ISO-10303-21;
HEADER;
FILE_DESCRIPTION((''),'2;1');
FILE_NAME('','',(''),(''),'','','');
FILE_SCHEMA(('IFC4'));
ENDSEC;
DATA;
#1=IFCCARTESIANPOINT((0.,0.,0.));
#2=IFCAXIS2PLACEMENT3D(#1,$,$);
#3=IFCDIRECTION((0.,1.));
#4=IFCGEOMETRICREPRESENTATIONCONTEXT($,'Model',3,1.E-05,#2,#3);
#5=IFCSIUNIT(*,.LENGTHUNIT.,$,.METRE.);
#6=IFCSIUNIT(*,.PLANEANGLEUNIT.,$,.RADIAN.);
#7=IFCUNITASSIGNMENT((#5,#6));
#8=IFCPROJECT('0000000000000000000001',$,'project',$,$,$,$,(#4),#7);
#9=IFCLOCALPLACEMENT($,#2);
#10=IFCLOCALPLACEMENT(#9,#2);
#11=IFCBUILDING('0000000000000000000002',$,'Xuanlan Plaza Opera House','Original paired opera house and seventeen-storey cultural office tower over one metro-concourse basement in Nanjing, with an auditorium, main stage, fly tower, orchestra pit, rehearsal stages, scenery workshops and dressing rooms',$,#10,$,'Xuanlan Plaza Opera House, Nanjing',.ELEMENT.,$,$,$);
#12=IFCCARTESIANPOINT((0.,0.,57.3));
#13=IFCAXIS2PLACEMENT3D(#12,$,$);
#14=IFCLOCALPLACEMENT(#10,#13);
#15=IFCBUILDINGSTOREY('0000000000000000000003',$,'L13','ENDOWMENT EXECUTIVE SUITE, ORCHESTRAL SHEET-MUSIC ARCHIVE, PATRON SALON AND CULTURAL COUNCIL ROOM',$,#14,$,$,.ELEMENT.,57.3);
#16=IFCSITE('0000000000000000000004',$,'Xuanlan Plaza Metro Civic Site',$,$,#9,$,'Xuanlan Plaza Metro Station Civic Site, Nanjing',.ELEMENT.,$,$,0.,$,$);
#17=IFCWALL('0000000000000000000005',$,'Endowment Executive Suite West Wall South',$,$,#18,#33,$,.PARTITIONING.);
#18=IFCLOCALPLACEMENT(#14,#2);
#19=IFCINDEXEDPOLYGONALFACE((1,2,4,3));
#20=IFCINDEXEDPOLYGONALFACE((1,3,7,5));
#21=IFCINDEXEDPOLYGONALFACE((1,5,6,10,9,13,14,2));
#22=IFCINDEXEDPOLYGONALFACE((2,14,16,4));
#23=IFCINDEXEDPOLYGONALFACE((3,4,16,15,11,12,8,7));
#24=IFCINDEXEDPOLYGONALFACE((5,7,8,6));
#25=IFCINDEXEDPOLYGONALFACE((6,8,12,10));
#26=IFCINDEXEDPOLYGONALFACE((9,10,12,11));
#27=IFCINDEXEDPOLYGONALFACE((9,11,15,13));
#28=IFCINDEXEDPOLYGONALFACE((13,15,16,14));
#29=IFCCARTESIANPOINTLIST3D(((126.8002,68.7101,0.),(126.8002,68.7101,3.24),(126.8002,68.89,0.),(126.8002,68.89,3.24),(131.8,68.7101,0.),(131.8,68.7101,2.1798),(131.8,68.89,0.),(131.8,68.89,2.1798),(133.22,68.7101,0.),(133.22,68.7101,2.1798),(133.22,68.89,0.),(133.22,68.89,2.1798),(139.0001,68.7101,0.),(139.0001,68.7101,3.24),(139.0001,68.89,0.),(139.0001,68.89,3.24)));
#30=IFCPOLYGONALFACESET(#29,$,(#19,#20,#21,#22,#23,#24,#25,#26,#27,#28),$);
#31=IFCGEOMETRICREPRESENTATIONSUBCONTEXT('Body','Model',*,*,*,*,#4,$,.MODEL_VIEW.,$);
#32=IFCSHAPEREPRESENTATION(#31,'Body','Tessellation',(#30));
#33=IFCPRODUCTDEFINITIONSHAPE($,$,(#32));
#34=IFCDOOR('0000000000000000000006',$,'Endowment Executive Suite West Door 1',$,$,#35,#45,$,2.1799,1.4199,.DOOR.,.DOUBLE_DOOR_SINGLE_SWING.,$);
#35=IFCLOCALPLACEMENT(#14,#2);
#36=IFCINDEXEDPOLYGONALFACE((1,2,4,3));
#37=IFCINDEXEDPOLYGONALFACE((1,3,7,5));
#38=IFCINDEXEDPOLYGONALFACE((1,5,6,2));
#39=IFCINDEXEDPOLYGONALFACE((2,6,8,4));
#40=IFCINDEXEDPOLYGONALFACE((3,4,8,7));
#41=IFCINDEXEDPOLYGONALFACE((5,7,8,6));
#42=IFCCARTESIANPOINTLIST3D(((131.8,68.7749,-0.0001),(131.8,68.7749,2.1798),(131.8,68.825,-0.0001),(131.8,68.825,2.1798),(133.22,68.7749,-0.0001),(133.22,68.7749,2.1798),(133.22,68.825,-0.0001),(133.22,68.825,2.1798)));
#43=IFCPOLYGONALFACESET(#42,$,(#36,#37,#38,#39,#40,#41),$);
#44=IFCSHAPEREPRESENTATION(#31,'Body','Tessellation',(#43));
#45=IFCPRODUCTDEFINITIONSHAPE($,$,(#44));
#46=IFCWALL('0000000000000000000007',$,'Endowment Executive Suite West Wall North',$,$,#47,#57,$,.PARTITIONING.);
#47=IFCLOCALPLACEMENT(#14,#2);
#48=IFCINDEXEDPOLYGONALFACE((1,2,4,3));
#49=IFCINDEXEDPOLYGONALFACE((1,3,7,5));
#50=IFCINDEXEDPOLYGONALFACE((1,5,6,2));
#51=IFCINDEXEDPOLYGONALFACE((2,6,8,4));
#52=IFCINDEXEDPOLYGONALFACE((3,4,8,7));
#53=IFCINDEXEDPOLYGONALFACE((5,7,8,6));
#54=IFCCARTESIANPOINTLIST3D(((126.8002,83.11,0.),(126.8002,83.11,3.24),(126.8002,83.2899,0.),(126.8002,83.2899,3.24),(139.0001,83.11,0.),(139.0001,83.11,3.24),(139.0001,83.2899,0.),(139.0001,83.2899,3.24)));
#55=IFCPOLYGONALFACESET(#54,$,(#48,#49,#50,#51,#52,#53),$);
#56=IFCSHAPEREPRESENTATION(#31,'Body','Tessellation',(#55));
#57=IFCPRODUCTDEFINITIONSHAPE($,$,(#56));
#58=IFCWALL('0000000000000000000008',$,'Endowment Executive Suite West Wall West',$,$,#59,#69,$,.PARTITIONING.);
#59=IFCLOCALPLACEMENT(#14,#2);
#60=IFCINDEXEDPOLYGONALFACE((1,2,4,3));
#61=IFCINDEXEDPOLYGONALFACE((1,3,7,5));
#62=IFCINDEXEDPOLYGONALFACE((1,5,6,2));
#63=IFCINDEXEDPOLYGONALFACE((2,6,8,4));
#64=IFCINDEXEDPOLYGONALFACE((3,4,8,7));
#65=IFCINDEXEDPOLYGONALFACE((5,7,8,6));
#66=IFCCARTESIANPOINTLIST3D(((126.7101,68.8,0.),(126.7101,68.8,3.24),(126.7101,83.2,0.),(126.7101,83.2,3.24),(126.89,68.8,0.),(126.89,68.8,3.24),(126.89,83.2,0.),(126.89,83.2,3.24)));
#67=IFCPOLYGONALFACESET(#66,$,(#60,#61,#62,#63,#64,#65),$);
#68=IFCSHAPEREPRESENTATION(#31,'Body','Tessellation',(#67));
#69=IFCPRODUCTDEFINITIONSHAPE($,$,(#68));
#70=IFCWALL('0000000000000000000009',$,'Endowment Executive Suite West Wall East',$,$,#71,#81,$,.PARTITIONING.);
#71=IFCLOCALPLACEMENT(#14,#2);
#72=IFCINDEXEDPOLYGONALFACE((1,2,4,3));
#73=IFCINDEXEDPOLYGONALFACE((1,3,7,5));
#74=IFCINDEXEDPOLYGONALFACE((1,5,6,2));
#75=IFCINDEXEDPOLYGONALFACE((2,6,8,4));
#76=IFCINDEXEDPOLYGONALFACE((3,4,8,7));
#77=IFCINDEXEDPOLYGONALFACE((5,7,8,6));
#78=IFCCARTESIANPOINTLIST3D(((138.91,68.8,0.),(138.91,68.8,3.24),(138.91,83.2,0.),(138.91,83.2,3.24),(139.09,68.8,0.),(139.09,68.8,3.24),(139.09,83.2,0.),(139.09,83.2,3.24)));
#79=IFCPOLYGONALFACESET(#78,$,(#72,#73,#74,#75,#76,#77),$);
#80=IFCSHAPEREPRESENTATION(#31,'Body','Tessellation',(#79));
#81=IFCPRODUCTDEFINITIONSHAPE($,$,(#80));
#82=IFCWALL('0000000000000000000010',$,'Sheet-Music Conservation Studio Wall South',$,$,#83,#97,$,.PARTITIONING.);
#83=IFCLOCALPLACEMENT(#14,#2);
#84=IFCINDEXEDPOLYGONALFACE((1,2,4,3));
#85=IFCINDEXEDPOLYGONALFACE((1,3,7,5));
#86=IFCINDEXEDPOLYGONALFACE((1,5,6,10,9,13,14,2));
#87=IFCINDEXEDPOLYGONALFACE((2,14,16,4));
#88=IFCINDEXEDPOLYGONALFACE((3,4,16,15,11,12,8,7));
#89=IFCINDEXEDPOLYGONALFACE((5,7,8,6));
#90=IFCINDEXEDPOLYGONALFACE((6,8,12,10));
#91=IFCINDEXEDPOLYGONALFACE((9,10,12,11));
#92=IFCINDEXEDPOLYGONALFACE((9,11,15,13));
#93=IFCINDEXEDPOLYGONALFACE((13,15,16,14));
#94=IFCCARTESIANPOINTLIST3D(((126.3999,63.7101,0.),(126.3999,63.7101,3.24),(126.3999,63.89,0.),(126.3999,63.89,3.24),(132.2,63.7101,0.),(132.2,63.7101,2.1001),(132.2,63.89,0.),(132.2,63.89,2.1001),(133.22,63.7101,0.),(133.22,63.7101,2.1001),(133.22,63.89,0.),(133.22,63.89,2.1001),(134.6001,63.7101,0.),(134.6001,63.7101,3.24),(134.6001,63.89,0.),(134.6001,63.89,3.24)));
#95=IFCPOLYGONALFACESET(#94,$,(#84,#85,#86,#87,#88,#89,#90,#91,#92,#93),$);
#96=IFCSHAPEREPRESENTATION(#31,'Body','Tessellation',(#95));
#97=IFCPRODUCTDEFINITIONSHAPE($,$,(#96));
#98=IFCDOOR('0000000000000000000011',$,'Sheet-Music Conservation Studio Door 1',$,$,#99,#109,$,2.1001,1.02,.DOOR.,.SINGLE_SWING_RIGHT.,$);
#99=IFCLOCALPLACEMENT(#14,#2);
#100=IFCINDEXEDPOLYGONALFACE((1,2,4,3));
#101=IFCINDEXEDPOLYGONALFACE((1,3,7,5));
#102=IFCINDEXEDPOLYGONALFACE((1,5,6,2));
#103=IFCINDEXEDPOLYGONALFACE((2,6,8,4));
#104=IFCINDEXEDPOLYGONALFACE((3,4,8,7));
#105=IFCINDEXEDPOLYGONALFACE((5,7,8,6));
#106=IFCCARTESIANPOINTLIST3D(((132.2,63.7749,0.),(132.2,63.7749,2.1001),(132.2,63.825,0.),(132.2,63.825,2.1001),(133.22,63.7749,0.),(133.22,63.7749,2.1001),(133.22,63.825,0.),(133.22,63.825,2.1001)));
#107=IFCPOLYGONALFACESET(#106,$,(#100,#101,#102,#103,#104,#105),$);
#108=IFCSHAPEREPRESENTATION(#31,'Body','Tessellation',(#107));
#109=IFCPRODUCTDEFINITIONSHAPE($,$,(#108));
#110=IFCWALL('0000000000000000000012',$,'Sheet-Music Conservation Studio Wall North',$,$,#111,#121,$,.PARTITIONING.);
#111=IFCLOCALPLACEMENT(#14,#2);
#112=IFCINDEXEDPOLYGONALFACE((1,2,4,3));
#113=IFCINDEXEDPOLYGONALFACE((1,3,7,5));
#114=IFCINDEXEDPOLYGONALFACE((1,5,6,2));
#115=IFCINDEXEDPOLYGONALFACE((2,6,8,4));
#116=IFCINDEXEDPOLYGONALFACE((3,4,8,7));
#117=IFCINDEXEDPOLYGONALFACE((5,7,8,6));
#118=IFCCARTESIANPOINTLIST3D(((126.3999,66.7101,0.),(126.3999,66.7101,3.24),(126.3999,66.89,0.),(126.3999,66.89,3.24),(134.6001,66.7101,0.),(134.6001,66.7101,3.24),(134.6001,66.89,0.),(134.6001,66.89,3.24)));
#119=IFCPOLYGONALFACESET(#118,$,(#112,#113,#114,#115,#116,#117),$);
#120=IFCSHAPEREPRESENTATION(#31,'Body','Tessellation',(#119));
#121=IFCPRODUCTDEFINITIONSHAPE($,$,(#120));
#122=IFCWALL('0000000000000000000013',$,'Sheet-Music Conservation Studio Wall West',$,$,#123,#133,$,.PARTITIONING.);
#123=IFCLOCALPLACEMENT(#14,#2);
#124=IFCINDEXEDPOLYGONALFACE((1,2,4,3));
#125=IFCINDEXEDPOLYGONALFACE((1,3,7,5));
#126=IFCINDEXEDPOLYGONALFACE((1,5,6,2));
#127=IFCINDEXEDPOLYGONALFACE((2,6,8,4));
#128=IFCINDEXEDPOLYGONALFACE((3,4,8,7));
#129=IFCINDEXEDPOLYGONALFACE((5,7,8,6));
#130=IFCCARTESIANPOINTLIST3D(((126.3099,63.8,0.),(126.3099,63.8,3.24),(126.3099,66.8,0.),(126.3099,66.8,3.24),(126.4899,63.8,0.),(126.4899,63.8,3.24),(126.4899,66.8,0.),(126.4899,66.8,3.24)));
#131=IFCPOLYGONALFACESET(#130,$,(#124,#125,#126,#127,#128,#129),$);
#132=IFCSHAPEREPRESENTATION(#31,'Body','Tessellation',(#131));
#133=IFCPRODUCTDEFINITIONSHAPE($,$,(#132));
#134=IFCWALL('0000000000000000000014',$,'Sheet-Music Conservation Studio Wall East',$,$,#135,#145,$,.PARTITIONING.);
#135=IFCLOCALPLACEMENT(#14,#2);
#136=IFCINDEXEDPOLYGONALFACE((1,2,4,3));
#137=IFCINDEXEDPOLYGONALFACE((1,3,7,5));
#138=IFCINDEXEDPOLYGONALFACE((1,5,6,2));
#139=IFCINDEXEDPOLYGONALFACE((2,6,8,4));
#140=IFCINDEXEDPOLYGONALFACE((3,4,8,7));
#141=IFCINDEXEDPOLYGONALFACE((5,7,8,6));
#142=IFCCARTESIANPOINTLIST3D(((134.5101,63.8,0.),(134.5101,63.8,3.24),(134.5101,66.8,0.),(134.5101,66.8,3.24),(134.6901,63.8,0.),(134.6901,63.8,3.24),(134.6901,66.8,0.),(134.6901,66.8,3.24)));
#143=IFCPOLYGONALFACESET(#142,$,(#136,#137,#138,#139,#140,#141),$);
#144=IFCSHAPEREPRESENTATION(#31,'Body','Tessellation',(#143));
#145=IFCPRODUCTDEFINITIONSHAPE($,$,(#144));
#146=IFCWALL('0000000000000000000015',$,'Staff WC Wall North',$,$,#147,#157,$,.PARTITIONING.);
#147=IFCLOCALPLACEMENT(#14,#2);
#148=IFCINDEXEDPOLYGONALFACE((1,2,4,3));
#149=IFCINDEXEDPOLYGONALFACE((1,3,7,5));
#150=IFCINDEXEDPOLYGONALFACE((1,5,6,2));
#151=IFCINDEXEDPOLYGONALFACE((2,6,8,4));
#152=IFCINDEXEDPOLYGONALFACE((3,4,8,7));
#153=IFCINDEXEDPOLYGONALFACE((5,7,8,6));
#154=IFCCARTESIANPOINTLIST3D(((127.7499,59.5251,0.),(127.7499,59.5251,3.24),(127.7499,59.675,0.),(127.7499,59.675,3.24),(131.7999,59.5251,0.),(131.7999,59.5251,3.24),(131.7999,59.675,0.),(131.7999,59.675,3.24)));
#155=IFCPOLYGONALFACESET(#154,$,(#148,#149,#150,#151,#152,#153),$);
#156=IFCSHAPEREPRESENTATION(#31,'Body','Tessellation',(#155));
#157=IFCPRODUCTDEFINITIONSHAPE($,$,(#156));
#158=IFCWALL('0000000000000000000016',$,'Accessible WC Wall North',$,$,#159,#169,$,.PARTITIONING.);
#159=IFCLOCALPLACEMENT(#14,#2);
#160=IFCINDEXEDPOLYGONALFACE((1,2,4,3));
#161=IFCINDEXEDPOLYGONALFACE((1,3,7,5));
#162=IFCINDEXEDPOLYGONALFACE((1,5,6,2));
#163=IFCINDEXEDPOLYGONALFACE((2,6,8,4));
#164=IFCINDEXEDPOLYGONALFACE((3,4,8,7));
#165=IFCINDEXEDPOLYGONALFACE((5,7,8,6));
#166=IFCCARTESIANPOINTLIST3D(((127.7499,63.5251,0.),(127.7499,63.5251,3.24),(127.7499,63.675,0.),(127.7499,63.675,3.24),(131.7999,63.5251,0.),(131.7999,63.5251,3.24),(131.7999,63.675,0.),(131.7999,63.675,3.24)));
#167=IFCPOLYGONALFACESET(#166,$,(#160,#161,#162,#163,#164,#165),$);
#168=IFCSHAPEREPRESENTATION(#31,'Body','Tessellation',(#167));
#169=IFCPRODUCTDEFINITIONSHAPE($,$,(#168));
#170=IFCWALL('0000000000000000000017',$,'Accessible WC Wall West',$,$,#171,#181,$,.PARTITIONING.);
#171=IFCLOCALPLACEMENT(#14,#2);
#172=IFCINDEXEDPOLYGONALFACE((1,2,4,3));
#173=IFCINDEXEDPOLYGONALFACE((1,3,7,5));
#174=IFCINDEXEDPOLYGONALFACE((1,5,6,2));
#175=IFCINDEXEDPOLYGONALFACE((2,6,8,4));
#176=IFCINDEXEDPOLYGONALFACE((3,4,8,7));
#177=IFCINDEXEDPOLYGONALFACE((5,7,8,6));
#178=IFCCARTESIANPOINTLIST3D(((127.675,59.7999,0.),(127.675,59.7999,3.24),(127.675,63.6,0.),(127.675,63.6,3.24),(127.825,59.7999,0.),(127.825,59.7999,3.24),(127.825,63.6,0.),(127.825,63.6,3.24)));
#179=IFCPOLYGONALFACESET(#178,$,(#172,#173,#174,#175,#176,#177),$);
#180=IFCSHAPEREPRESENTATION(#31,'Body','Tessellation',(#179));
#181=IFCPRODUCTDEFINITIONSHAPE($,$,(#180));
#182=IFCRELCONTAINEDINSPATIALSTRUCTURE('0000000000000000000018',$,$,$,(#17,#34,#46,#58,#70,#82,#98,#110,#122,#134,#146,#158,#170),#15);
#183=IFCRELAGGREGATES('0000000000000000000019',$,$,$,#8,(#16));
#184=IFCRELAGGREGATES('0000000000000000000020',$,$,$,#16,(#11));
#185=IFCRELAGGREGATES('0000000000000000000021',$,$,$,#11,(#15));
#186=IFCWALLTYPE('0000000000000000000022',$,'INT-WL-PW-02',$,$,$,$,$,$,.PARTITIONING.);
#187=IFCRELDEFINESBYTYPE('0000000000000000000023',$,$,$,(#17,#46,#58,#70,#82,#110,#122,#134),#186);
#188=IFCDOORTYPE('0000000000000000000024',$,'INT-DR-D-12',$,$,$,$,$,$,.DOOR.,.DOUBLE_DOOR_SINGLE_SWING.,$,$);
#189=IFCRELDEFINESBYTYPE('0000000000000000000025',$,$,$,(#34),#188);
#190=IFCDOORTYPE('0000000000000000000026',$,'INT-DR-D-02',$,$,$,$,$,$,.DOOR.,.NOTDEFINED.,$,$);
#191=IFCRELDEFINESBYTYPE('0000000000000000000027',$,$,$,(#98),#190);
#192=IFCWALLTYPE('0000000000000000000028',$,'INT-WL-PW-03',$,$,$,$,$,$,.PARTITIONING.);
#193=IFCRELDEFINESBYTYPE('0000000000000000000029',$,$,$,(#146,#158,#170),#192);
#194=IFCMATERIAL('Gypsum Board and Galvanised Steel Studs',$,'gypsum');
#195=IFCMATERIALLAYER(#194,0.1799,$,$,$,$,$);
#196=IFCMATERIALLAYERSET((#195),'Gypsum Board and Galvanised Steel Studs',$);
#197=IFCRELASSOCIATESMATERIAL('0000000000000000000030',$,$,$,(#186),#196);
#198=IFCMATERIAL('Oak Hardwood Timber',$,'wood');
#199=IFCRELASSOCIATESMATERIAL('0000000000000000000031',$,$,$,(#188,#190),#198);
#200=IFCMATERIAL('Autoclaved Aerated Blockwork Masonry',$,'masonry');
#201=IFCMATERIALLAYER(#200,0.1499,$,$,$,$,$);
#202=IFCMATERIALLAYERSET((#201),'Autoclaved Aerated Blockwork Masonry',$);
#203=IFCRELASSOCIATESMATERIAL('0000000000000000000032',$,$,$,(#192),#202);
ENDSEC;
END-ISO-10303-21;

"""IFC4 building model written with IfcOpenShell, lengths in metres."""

from ifc_helpers import new_model, si_unit, direction, frame, frame_2d, origin, place, context, subcontext, project, spatial, rectangle, extrude, material, layer, layer_set, type_object, element, fill, save


model = new_model("IFC4")

# Units and contexts
model_context = context("Model", 3, precision=1e-05, world=origin(), true_north=direction((0.0, 1.0)))
body_context = subcontext(model_context, "Body", "Model", "MODEL_VIEW")
ifc_project = project(units=[si_unit("LENGTHUNIT", "METRE"), si_unit("PLANEANGLEUNIT", "RADIAN")], contexts=[model_context])

# Site, building, storey
site_placement = place(None, origin())
site = spatial("IfcSite", under=ifc_project, at=site_placement, Name="Xuanlan Plaza Metro Civic Site", LongName="Xuanlan Plaza Metro Station Civic Site, Nanjing", CompositionType="ELEMENT", RefElevation=0.0)
building_placement = place(site_placement, origin())
building = spatial("IfcBuilding", under=site, at=building_placement, Name="Xuanlan Plaza Opera House", Description="Original paired opera house and seventeen-storey cultural office tower over one metro-concourse basement in Nanjing, with an auditorium, main stage, fly tower, orchestra pit, rehearsal stages, scenery workshops and dressing rooms", LongName="Xuanlan Plaza Opera House, Nanjing", CompositionType="ELEMENT")
storey_placement = place(building_placement, frame((0.0, 0.0, 57.3)))
storey = spatial("IfcBuildingStorey", under=building, at=storey_placement, Name="L13", Description="ENDOWMENT EXECUTIVE SUITE, ORCHESTRAL SHEET-MUSIC ARCHIVE, PATRON SALON AND CULTURAL COUNCIL ROOM", CompositionType="ELEMENT", Elevation=57.3)

# Wall, opening, door
ifc_material_1 = material(Name="Gypsum Board and Galvanised Steel Studs", Category="gypsum")
ifc_layer_1 = layer(ifc_material_1, 0.1799)
ifc_layer_set_1 = layer_set([ifc_layer_1], Name="Gypsum Board and Galvanised Steel Studs")
wall_type_1 = type_object("IfcWallType", Name="INT-WL-PW-02", PredefinedType="PARTITIONING", material=ifc_layer_set_1)
wall_1_placement = place(storey_placement, frame((126.8, 68.8, 0.0), z_axis=(0.0, 0.0, 1.0), x_axis=(1.0, 0.0, 0.0)))
wall_1 = element("IfcWall", 1, at=wall_1_placement, inside=storey, type_object=wall_type_1, Name="Endowment Executive Suite West Wall South", PredefinedType="PARTITIONING", context=body_context, shape_type="SweptSolid", body=[
    extrude(rectangle(XDim=12.2, YDim=0.1799, at=frame_2d((6.1001, 0.0))), origin(), (0.0, 0.0, 1.0), 3.24),
])
opening_1_placement = place(wall_1_placement, frame((5.0, 0.0, 0.0)))
opening_1 = element("IfcOpeningElement", 2, at=opening_1_placement, cuts=wall_1, PredefinedType="OPENING", context=body_context, shape_type="SweptSolid", body=[
    extrude(rectangle(XDim=1.4199, YDim=2.1799, at=frame_2d((0.71, 1.0898))), frame((0.0, 0.0999, 0.0), z_axis=(0.0, -1.0, 0.0), x_axis=(1.0, 0.0, 0.0)), (0.0, 0.0, 1.0), 0.2),
])
ifc_material_2 = material(Name="Oak Hardwood Timber", Category="wood")
door_type_1 = type_object("IfcDoorType", Name="INT-DR-D-12", OperationType="DOUBLE_DOOR_SINGLE_SWING", PredefinedType="DOOR", material=ifc_material_2)
door_1_placement = place(opening_1_placement, origin())
door_1 = element("IfcDoor", 3, at=door_1_placement, inside=storey, type_object=door_type_1, Name="Endowment Executive Suite West Door 1", OperationType="DOUBLE_DOOR_SINGLE_SWING", OverallHeight=2.1799, OverallWidth=1.4199, PredefinedType="DOOR", context=body_context, shape_type="SweptSolid", body=[
    extrude(rectangle(XDim=1.4199, YDim=2.1799, at=frame_2d((0.71, 1.0898))), frame((0.0, 0.0249, 0.0), z_axis=(0.0, -1.0, 0.0), x_axis=(1.0, 0.0, 0.0)), (0.0, 0.0, 1.0), 0.05),
])
fill(opening_1, door_1)

# Walls
wall_2_placement = place(storey_placement, frame((126.8, 83.2, 0.0), z_axis=(0.0, 0.0, 1.0), x_axis=(1.0, 0.0, 0.0)))
element("IfcWall", 4, at=wall_2_placement, inside=storey, type_object=wall_type_1, Name="Endowment Executive Suite West Wall North", PredefinedType="PARTITIONING", context=body_context, shape_type="SweptSolid", body=[
    extrude(rectangle(XDim=12.2, YDim=0.1799, at=frame_2d((6.1001, 0.0))), origin(), (0.0, 0.0, 1.0), 3.24),
])
for number, where, z_axis, x_axis, name in (
    (5, (126.8, 68.8, 0.0), (0.0, 0.0, 1.0), (0.0, 1.0, 0.0), "Endowment Executive Suite West Wall West"),
    (6, (139.0, 68.8, 0.0), (0.0, 0.0, 1.0), (0.0, 1.0, 0.0), "Endowment Executive Suite West Wall East"),
):
    element("IfcWall", number, at=place(storey_placement, frame(where, z_axis=z_axis, x_axis=x_axis)), inside=storey, type_object=wall_type_1, Name=name, PredefinedType="PARTITIONING", context=body_context, shape_type="SweptSolid", body=[
        extrude(rectangle(XDim=14.3999, YDim=0.1799, at=frame_2d((7.2, 0.0))), origin(), (0.0, 0.0, 1.0), 3.24),
    ])

# Wall, opening, door
wall_3_placement = place(storey_placement, frame((126.3999, 63.8, 0.0), z_axis=(0.0, 0.0, 1.0), x_axis=(1.0, 0.0, 0.0)))
wall_3 = element("IfcWall", 7, at=wall_3_placement, inside=storey, type_object=wall_type_1, Name="Sheet-Music Conservation Studio Wall South", PredefinedType="PARTITIONING", context=body_context, shape_type="SweptSolid", body=[
    extrude(rectangle(XDim=8.2002, YDim=0.1799, at=frame_2d((4.1001, 0.0))), origin(), (0.0, 0.0, 1.0), 3.24),
])
opening_2_placement = place(wall_3_placement, frame((5.8, 0.0, 0.0)))
opening_2 = element("IfcOpeningElement", 8, at=opening_2_placement, cuts=wall_3, PredefinedType="OPENING", context=body_context, shape_type="SweptSolid", body=[
    extrude(rectangle(XDim=1.02, YDim=2.1001, at=frame_2d((0.51, 1.05))), frame((0.0, 0.0999, 0.0), z_axis=(0.0, -1.0, 0.0), x_axis=(1.0, 0.0, 0.0)), (0.0, 0.0, 1.0), 0.2),
])
door_type_2 = type_object("IfcDoorType", Name="INT-DR-D-02", OperationType="NOTDEFINED", PredefinedType="DOOR", material=ifc_material_2)
door_2_placement = place(opening_2_placement, origin())
door_2 = element("IfcDoor", 9, at=door_2_placement, inside=storey, type_object=door_type_2, Name="Sheet-Music Conservation Studio Door 1", OperationType="SINGLE_SWING_RIGHT", OverallHeight=2.1001, OverallWidth=1.02, PredefinedType="DOOR", context=body_context, shape_type="SweptSolid", body=[
    extrude(rectangle(XDim=1.02, YDim=2.1001, at=frame_2d((0.51, 1.05))), frame((0.0, 0.0249, 0.0), z_axis=(0.0, -1.0, 0.0), x_axis=(1.0, 0.0, 0.0)), (0.0, 0.0, 1.0), 0.05),
])
fill(opening_2, door_2)

# Walls
wall_4_placement = place(storey_placement, frame((126.3999, 66.8, 0.0), z_axis=(0.0, 0.0, 1.0), x_axis=(1.0, 0.0, 0.0)))
element("IfcWall", 10, at=wall_4_placement, inside=storey, type_object=wall_type_1, Name="Sheet-Music Conservation Studio Wall North", PredefinedType="PARTITIONING", context=body_context, shape_type="SweptSolid", body=[
    extrude(rectangle(XDim=8.2002, YDim=0.1799, at=frame_2d((4.1001, 0.0))), origin(), (0.0, 0.0, 1.0), 3.24),
])
for number, where, z_axis, x_axis, name in (
    (11, (126.3999, 63.8, 0.0), (0.0, 0.0, 1.0), (0.0, 1.0, 0.0), "Sheet-Music Conservation Studio Wall West"),
    (12, (134.6001, 63.8, 0.0), (0.0, 0.0, 1.0), (0.0, 1.0, 0.0), "Sheet-Music Conservation Studio Wall East"),
):
    element("IfcWall", number, at=place(storey_placement, frame(where, z_axis=z_axis, x_axis=x_axis)), inside=storey, type_object=wall_type_1, Name=name, PredefinedType="PARTITIONING", context=body_context, shape_type="SweptSolid", body=[
        extrude(rectangle(XDim=3.0, YDim=0.1799, at=frame_2d((1.5, 0.0))), origin(), (0.0, 0.0, 1.0), 3.24),
    ])
ifc_material_3 = material(Name="Autoclaved Aerated Blockwork Masonry", Category="masonry")
ifc_layer_2 = layer(ifc_material_3, 0.1499)
ifc_layer_set_2 = layer_set([ifc_layer_2], Name="Autoclaved Aerated Blockwork Masonry")
wall_type_2 = type_object("IfcWallType", Name="INT-WL-PW-03", PredefinedType="PARTITIONING", material=ifc_layer_set_2)
for number, where, z_axis, x_axis, name in (
    (13, (127.75, 59.6001, 0.0), (0.0, 0.0, 1.0), (1.0, 0.0, 0.0), "Staff WC Wall North"),
    (14, (127.75, 63.6001, 0.0), (0.0, 0.0, 1.0), (1.0, 0.0, 0.0), "Accessible WC Wall North"),
):
    element("IfcWall", number, at=place(storey_placement, frame(where, z_axis=z_axis, x_axis=x_axis)), inside=storey, type_object=wall_type_2, Name=name, PredefinedType="PARTITIONING", context=body_context, shape_type="SweptSolid", body=[
        extrude(rectangle(XDim=4.05, YDim=0.1499, at=frame_2d((2.0249, 0.0))), origin(), (0.0, 0.0, 1.0), 3.24),
    ])
wall_5_placement = place(storey_placement, frame((127.75, 59.8, 0.0), z_axis=(0.0, 0.0, 1.0), x_axis=(0.0, 1.0, 0.0)))
element("IfcWall", 15, at=wall_5_placement, inside=storey, type_object=wall_type_2, Name="Accessible WC Wall West", PredefinedType="PARTITIONING", context=body_context, shape_type="SweptSolid", body=[
    extrude(rectangle(XDim=3.8, YDim=0.1499, at=frame_2d((1.8999, 0.0))), origin(), (0.0, 0.0, 1.0), 3.24),
])

save(model, "model.ifc")
